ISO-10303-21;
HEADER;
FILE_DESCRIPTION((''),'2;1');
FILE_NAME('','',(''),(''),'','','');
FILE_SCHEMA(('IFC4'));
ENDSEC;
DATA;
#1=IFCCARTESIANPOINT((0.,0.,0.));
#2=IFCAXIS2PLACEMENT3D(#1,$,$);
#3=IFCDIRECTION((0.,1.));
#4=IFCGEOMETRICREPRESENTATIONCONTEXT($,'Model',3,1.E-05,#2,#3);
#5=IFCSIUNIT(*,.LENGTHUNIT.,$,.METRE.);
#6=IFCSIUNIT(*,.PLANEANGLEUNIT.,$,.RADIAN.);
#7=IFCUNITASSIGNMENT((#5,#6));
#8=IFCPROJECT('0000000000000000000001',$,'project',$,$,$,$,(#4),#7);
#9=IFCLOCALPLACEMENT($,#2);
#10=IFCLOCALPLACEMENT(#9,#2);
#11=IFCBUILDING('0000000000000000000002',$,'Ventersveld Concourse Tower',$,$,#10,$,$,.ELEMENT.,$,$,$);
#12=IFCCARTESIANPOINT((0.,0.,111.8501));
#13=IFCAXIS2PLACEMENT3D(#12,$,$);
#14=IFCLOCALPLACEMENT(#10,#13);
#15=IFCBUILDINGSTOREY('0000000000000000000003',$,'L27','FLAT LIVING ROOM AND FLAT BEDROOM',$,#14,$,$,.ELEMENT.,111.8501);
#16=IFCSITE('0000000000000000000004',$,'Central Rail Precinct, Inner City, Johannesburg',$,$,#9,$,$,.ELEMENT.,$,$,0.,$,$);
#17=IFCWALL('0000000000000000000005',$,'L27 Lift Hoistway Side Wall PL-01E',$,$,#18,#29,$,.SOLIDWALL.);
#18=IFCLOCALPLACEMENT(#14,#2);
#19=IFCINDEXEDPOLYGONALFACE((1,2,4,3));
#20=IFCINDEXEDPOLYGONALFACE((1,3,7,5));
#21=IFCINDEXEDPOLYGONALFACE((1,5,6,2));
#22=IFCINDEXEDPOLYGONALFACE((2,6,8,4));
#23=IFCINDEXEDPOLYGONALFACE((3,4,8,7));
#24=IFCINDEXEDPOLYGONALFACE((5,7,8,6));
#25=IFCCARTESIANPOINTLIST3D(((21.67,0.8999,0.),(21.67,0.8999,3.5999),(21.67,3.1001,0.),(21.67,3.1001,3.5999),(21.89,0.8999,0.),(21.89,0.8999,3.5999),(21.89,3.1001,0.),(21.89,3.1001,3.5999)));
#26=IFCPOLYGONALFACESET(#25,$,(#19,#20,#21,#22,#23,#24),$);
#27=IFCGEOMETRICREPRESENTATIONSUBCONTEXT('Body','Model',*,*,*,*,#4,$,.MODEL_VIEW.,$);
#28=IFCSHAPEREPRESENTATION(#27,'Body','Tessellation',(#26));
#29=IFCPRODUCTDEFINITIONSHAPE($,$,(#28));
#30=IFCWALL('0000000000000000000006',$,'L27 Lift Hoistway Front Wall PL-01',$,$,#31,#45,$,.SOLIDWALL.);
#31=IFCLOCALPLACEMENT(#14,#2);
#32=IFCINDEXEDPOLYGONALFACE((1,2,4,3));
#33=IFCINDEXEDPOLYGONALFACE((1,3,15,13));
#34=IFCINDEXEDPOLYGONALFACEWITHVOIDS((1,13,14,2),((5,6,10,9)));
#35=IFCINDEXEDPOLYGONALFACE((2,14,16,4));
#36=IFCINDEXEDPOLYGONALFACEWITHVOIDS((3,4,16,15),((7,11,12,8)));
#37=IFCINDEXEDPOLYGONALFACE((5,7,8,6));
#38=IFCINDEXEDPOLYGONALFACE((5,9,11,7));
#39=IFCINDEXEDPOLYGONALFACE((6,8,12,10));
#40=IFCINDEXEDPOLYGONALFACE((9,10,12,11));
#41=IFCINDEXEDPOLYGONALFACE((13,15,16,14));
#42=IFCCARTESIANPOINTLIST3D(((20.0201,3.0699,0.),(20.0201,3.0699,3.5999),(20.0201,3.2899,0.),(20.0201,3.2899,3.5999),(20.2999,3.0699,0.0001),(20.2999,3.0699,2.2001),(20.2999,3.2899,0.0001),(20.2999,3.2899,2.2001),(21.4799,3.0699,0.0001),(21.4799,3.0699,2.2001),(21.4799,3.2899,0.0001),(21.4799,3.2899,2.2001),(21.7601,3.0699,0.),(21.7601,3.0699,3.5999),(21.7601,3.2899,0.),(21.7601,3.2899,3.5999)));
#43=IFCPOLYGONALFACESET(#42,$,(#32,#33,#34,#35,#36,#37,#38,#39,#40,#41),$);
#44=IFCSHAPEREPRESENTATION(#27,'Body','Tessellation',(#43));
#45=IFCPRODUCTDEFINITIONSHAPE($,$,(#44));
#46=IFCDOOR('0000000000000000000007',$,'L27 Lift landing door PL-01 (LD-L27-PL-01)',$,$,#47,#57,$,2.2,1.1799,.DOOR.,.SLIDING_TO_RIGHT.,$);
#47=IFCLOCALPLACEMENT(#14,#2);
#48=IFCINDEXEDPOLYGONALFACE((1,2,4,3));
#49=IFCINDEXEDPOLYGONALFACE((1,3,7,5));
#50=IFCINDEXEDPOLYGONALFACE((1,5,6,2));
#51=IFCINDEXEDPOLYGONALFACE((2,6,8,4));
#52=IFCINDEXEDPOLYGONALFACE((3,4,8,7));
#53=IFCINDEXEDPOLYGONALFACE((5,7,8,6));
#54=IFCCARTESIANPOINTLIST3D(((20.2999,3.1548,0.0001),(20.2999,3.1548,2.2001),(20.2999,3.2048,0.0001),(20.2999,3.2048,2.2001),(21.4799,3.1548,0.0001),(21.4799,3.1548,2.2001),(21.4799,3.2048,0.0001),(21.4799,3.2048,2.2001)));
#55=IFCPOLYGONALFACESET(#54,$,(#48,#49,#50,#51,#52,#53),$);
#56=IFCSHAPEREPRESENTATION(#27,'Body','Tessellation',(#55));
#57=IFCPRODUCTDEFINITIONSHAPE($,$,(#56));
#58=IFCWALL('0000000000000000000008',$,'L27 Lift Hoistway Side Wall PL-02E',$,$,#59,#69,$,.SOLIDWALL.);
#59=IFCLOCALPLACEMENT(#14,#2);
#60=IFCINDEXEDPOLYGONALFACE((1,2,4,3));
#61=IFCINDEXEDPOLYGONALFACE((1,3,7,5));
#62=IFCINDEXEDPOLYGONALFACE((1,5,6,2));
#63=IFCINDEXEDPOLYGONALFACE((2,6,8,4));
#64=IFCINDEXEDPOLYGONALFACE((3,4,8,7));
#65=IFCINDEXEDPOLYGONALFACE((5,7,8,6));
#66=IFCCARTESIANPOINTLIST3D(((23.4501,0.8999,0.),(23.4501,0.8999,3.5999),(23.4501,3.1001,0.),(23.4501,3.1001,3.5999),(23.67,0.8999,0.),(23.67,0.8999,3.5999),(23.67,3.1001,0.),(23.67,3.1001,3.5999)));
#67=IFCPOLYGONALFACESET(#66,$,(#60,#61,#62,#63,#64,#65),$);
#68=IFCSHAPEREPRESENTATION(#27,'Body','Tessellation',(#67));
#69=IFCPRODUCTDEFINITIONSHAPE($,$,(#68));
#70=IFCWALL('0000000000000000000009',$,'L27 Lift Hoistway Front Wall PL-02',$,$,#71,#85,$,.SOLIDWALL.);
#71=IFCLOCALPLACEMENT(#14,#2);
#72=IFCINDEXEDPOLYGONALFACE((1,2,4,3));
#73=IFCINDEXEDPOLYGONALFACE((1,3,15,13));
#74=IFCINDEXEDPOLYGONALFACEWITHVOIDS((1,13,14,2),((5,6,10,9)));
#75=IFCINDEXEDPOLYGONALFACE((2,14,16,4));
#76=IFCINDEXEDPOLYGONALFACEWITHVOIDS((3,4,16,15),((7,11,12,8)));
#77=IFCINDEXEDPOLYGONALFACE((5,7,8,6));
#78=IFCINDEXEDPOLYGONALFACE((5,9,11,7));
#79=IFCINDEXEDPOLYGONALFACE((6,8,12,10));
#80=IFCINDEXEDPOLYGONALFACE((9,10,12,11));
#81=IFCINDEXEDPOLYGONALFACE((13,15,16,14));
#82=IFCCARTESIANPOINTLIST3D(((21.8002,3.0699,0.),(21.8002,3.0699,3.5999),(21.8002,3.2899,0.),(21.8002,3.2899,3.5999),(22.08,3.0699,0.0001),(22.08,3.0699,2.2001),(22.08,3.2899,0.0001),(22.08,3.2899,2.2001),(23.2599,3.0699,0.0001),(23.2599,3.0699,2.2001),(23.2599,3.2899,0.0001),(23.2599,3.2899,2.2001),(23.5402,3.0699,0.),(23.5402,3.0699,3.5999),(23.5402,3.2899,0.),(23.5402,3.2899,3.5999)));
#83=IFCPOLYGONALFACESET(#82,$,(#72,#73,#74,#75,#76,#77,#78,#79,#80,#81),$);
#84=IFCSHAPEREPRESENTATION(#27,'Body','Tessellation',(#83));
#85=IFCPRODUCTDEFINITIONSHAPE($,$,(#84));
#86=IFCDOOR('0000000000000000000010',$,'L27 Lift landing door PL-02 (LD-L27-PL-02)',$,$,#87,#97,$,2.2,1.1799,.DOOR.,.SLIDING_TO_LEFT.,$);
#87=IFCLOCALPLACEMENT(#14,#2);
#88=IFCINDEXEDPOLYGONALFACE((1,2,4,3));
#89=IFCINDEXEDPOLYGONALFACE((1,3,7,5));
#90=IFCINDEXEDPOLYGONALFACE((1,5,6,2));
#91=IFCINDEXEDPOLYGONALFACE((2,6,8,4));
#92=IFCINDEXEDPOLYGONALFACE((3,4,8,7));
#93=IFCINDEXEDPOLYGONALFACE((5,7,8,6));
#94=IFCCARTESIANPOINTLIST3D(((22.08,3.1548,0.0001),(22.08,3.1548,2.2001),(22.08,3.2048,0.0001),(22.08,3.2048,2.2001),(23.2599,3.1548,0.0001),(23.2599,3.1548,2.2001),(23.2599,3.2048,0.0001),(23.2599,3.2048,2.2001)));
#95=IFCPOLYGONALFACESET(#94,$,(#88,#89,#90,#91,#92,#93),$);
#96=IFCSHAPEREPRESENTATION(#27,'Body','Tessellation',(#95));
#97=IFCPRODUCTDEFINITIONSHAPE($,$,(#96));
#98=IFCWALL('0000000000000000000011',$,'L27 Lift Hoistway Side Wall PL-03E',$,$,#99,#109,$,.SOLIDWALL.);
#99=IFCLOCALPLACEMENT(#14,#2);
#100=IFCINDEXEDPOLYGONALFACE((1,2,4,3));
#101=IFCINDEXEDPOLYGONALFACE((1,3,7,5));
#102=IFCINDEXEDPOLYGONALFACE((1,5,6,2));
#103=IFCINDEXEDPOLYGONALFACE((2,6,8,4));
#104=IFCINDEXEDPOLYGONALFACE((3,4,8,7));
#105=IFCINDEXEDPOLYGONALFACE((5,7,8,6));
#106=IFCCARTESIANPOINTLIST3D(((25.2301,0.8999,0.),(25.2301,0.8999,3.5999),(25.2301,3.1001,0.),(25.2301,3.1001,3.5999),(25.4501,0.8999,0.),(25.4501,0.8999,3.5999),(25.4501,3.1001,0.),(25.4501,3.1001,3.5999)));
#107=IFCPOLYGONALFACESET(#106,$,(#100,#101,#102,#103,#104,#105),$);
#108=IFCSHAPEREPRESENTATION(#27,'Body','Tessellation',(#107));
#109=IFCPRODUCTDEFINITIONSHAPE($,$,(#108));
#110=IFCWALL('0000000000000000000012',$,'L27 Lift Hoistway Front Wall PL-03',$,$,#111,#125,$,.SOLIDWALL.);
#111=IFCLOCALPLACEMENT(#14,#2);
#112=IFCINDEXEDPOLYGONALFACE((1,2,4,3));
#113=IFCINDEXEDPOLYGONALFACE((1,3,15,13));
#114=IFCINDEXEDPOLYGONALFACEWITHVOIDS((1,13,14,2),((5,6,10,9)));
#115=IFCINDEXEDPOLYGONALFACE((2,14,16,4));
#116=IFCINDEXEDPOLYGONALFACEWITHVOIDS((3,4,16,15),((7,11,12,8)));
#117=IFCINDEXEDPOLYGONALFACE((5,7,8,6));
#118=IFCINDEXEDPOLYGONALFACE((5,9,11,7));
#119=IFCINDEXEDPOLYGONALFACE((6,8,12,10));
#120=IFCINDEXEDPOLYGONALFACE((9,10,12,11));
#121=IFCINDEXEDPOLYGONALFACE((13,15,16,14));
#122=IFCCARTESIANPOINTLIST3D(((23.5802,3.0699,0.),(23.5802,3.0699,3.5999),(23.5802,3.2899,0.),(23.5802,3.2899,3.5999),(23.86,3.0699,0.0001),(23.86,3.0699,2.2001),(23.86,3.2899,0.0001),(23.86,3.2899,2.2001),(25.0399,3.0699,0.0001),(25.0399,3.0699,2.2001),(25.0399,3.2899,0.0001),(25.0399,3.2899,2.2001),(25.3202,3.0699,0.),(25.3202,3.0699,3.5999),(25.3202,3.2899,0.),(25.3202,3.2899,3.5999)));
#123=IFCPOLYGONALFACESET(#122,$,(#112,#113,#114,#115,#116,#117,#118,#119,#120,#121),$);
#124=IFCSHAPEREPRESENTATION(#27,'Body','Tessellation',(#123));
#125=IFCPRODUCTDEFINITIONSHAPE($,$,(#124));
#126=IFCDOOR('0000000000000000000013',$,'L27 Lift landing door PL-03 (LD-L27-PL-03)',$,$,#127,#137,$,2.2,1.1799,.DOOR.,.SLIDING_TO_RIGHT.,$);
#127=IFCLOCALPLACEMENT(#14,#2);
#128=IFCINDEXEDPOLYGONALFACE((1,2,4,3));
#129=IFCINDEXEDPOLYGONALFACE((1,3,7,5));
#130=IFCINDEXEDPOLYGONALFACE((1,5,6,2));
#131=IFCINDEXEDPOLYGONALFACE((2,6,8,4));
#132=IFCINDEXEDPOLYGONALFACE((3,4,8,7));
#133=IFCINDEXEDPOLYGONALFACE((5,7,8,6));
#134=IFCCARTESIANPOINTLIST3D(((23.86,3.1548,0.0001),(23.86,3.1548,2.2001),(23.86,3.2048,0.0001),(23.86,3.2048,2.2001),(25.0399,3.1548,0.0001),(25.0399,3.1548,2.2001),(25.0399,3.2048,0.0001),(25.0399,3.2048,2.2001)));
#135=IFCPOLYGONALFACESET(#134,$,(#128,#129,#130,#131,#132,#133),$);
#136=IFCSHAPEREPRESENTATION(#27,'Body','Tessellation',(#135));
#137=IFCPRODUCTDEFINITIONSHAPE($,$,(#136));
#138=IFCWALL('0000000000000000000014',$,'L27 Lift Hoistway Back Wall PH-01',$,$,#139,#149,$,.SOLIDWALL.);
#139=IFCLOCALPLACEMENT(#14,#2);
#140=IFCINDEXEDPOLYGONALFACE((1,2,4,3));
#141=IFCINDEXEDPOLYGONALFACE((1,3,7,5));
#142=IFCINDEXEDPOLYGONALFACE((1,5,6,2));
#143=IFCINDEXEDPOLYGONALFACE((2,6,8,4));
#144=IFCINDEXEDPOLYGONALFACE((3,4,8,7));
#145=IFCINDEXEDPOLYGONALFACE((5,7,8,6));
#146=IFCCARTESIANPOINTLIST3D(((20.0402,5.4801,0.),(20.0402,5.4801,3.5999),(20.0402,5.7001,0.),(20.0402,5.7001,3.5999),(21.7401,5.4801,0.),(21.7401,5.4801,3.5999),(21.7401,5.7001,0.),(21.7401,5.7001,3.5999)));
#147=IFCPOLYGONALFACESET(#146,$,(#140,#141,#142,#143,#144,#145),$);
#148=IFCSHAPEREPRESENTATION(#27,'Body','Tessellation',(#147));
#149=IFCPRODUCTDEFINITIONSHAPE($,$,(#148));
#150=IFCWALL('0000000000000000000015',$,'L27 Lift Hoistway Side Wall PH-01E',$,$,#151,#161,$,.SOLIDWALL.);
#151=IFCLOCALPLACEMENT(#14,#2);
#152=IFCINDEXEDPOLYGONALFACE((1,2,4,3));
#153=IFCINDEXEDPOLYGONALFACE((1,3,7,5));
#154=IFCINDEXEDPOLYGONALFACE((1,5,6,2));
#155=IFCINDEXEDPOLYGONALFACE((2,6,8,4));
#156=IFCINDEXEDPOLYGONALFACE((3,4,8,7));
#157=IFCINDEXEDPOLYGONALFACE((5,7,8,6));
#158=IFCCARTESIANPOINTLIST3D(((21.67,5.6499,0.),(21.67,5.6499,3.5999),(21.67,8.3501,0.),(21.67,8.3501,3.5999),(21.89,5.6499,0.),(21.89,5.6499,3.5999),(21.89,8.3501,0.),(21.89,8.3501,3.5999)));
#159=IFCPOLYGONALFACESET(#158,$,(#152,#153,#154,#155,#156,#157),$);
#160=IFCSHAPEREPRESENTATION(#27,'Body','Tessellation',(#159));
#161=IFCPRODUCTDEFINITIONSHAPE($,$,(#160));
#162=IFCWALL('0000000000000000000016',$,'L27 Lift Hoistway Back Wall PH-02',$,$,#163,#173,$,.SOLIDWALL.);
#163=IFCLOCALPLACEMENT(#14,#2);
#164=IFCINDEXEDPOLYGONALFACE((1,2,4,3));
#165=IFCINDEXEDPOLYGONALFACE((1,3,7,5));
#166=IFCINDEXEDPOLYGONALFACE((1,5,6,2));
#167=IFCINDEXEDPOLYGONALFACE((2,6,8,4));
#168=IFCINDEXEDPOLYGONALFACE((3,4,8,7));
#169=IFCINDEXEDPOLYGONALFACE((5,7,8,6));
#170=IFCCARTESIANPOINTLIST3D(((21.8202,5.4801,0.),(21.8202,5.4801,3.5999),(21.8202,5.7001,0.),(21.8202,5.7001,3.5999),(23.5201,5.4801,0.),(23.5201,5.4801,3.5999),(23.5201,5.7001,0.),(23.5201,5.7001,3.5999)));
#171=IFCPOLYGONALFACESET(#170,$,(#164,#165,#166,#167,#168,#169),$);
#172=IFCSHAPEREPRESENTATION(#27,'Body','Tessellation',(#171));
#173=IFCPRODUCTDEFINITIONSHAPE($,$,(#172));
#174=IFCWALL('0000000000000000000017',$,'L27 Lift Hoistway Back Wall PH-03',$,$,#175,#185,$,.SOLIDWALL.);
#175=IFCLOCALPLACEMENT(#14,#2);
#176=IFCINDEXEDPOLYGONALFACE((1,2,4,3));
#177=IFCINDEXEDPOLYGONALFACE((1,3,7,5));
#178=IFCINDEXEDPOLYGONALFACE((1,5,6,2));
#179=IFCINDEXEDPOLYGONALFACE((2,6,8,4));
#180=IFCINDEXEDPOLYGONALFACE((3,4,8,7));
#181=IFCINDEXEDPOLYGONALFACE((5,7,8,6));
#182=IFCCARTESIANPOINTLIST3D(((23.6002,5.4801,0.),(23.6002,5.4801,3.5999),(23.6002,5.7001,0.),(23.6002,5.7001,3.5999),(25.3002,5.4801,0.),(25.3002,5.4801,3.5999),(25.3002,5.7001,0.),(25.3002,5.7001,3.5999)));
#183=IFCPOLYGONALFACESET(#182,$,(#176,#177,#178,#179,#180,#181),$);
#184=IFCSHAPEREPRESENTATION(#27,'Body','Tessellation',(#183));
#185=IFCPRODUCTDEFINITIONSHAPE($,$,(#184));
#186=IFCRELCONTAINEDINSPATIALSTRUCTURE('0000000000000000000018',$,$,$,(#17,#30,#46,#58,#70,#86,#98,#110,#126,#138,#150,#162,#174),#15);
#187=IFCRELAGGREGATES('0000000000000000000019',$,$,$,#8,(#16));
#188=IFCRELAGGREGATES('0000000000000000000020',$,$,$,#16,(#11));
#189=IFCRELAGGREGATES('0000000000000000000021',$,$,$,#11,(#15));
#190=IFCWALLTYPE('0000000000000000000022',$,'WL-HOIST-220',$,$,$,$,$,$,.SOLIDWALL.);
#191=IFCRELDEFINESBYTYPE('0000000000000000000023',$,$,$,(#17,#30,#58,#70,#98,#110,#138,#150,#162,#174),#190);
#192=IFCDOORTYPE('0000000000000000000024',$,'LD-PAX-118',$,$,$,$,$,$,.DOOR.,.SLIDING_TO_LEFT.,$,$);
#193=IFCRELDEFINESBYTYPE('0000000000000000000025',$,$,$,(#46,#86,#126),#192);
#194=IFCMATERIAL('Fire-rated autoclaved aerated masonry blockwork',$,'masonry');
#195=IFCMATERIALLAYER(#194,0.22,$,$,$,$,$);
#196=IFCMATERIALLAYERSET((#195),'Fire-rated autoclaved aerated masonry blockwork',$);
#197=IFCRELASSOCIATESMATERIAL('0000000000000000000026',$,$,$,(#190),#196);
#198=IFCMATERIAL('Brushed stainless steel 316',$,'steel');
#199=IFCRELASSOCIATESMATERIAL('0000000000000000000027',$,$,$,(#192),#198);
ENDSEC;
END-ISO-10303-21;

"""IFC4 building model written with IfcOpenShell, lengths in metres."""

from ifc_helpers import new_model, si_unit, direction, frame, frame_2d, origin, place, context, subcontext, project, spatial, rectangle, extrude, material, layer, layer_set, type_object, element, fill, save


model = new_model("IFC4")

# Units and contexts
model_context = context("Model", 3, precision=1e-05, world=origin(), true_north=direction((0.0, 1.0)))
body_context = subcontext(model_context, "Body", "Model", "MODEL_VIEW")
ifc_project = project(units=[si_unit("LENGTHUNIT", "METRE"), si_unit("PLANEANGLEUNIT", "RADIAN")], contexts=[model_context])

# Site, building, storey
site_placement = place(None, origin())
site = spatial("IfcSite", under=ifc_project, at=site_placement, Name="Central Rail Precinct, Inner City, Johannesburg", CompositionType="ELEMENT", RefElevation=0.0)
building_placement = place(site_placement, origin())
building = spatial("IfcBuilding", under=site, at=building_placement, Name="Ventersveld Concourse Tower", CompositionType="ELEMENT")
storey_placement = place(building_placement, frame((0.0, 0.0, 111.8501)))
storey = spatial("IfcBuildingStorey", under=building, at=storey_placement, Name="L27", Description="FLAT LIVING ROOM AND FLAT BEDROOM", CompositionType="ELEMENT", Elevation=111.8501)

# Wall
ifc_material_1 = material(Name="Fire-rated autoclaved aerated masonry blockwork", Category="masonry")
ifc_layer_1 = layer(ifc_material_1, 0.22)
ifc_layer_set_1 = layer_set([ifc_layer_1], Name="Fire-rated autoclaved aerated masonry blockwork")
wall_type_1 = type_object("IfcWallType", Name="WL-HOIST-220", PredefinedType="SOLIDWALL", material=ifc_layer_set_1)
wall_1_placement = place(storey_placement, frame((21.78, 0.8999, 0.0), z_axis=(0.0, 0.0, 1.0), x_axis=(0.0, 1.0, 0.0)))
element("IfcWall", 1, at=wall_1_placement, inside=storey, type_object=wall_type_1, Name="L27 Lift Hoistway Side Wall PL-01E", PredefinedType="SOLIDWALL", context=body_context, shape_type="SweptSolid", body=[
    extrude(rectangle(XDim=2.2002, YDim=0.22, at=frame_2d((1.1001, 0.0))), origin(), (0.0, 0.0, 1.0), 3.5999),
])

# Wall, opening, door
wall_2_placement = place(storey_placement, frame((20.02, 3.1799, 0.0), z_axis=(0.0, 0.0, 1.0), x_axis=(1.0, 0.0, 0.0)))
wall_2 = element("IfcWall", 2, at=wall_2_placement, inside=storey, type_object=wall_type_1, Name="L27 Lift Hoistway Front Wall PL-01", PredefinedType="SOLIDWALL", context=body_context, shape_type="SweptSolid", body=[
    extrude(rectangle(XDim=1.74, YDim=0.22, at=frame_2d((0.8701, 0.0))), origin(), (0.0, 0.0, 1.0), 3.5999),
])
opening_1_placement = place(wall_2_placement, frame((0.28, 0.0, 0.0)))
opening_1 = element("IfcOpeningElement", 3, at=opening_1_placement, cuts=wall_2, PredefinedType="OPENING", context=body_context, shape_type="SweptSolid", body=[
    extrude(rectangle(XDim=1.1799, YDim=2.2, at=frame_2d((0.5898, 1.1001))), frame((0.0, 0.1201, 0.0), z_axis=(0.0, -1.0, 0.0), x_axis=(1.0, 0.0, 0.0)), (0.0, 0.0, 1.0), 0.24),
])
ifc_material_2 = material(Name="Brushed stainless steel 316", Category="steel")
door_type = type_object("IfcDoorType", Name="LD-PAX-118", OperationType="SLIDING_TO_LEFT", PredefinedType="DOOR", material=ifc_material_2)
door_1_placement = place(opening_1_placement, origin())
door_1 = element("IfcDoor", 4, at=door_1_placement, inside=storey, type_object=door_type, Name="L27 Lift landing door PL-01 (LD-L27-PL-01)", OperationType="SLIDING_TO_RIGHT", OverallHeight=2.2, OverallWidth=1.1799, PredefinedType="DOOR", context=body_context, shape_type="SweptSolid", body=[
    extrude(rectangle(XDim=1.1799, YDim=2.2, at=frame_2d((0.5898, 1.1001))), frame((0.0, 0.0249, 0.0), z_axis=(0.0, -1.0, 0.0), x_axis=(1.0, 0.0, 0.0)), (0.0, 0.0, 1.0), 0.05),
])
fill(opening_1, door_1)

# Wall
wall_3_placement = place(storey_placement, frame((23.5601, 0.8999, 0.0), z_axis=(0.0, 0.0, 1.0), x_axis=(0.0, 1.0, 0.0)))
element("IfcWall", 5, at=wall_3_placement, inside=storey, type_object=wall_type_1, Name="L27 Lift Hoistway Side Wall PL-02E", PredefinedType="SOLIDWALL", context=body_context, shape_type="SweptSolid", body=[
    extrude(rectangle(XDim=2.2002, YDim=0.22, at=frame_2d((1.1001, 0.0))), origin(), (0.0, 0.0, 1.0), 3.5999),
])

# Wall, opening, door
wall_4_placement = place(storey_placement, frame((21.8, 3.1799, 0.0), z_axis=(0.0, 0.0, 1.0), x_axis=(1.0, 0.0, 0.0)))
wall_4 = element("IfcWall", 6, at=wall_4_placement, inside=storey, type_object=wall_type_1, Name="L27 Lift Hoistway Front Wall PL-02", PredefinedType="SOLIDWALL", context=body_context, shape_type="SweptSolid", body=[
    extrude(rectangle(XDim=1.74, YDim=0.22, at=frame_2d((0.8701, 0.0))), origin(), (0.0, 0.0, 1.0), 3.5999),
])
opening_2_placement = place(wall_4_placement, frame((0.28, 0.0, 0.0)))
opening_2 = element("IfcOpeningElement", 7, at=opening_2_placement, cuts=wall_4, PredefinedType="OPENING", context=body_context, shape_type="SweptSolid", body=[
    extrude(rectangle(XDim=1.1799, YDim=2.2, at=frame_2d((0.5898, 1.1001))), frame((0.0, 0.1201, 0.0), z_axis=(0.0, -1.0, 0.0), x_axis=(1.0, 0.0, 0.0)), (0.0, 0.0, 1.0), 0.24),
])
door_2_placement = place(opening_2_placement, origin())
door_2 = element("IfcDoor", 8, at=door_2_placement, inside=storey, type_object=door_type, Name="L27 Lift landing door PL-02 (LD-L27-PL-02)", OperationType="SLIDING_TO_LEFT", OverallHeight=2.2, OverallWidth=1.1799, PredefinedType="DOOR", context=body_context, shape_type="SweptSolid", body=[
    extrude(rectangle(XDim=1.1799, YDim=2.2, at=frame_2d((0.5898, 1.1001))), frame((0.0, 0.0249, 0.0), z_axis=(0.0, -1.0, 0.0), x_axis=(1.0, 0.0, 0.0)), (0.0, 0.0, 1.0), 0.05),
])
fill(opening_2, door_2)

# Wall
wall_5_placement = place(storey_placement, frame((25.3401, 0.8999, 0.0), z_axis=(0.0, 0.0, 1.0), x_axis=(0.0, 1.0, 0.0)))
element("IfcWall", 9, at=wall_5_placement, inside=storey, type_object=wall_type_1, Name="L27 Lift Hoistway Side Wall PL-03E", PredefinedType="SOLIDWALL", context=body_context, shape_type="SweptSolid", body=[
    extrude(rectangle(XDim=2.2002, YDim=0.22, at=frame_2d((1.1001, 0.0))), origin(), (0.0, 0.0, 1.0), 3.5999),
])

# Wall, opening, door
wall_6_placement = place(storey_placement, frame((23.5801, 3.1799, 0.0), z_axis=(0.0, 0.0, 1.0), x_axis=(1.0, 0.0, 0.0)))
wall_6 = element("IfcWall", 10, at=wall_6_placement, inside=storey, type_object=wall_type_1, Name="L27 Lift Hoistway Front Wall PL-03", PredefinedType="SOLIDWALL", context=body_context, shape_type="SweptSolid", body=[
    extrude(rectangle(XDim=1.74, YDim=0.22, at=frame_2d((0.8701, 0.0))), origin(), (0.0, 0.0, 1.0), 3.5999),
])
opening_3_placement = place(wall_6_placement, frame((0.28, 0.0, 0.0)))
opening_3 = element("IfcOpeningElement", 11, at=opening_3_placement, cuts=wall_6, PredefinedType="OPENING", context=body_context, shape_type="SweptSolid", body=[
    extrude(rectangle(XDim=1.1799, YDim=2.2, at=frame_2d((0.5898, 1.1001))), frame((0.0, 0.1201, 0.0), z_axis=(0.0, -1.0, 0.0), x_axis=(1.0, 0.0, 0.0)), (0.0, 0.0, 1.0), 0.24),
])
door_3_placement = place(opening_3_placement, origin())
door_3 = element("IfcDoor", 12, at=door_3_placement, inside=storey, type_object=door_type, Name="L27 Lift landing door PL-03 (LD-L27-PL-03)", OperationType="SLIDING_TO_RIGHT", OverallHeight=2.2, OverallWidth=1.1799, PredefinedType="DOOR", context=body_context, shape_type="SweptSolid", body=[
    extrude(rectangle(XDim=1.1799, YDim=2.2, at=frame_2d((0.5898, 1.1001))), frame((0.0, 0.0249, 0.0), z_axis=(0.0, -1.0, 0.0), x_axis=(1.0, 0.0, 0.0)), (0.0, 0.0, 1.0), 0.05),
])
fill(opening_3, door_3)

# Walls
wall_7_placement = place(storey_placement, frame((20.04, 5.5901, 0.0), z_axis=(0.0, 0.0, 1.0), x_axis=(1.0, 0.0, 0.0)))
element("IfcWall", 13, at=wall_7_placement, inside=storey, type_object=wall_type_1, Name="L27 Lift Hoistway Back Wall PH-01", PredefinedType="SOLIDWALL", context=body_context, shape_type="SweptSolid", body=[
    extrude(rectangle(XDim=1.7, YDim=0.22, at=frame_2d((0.8501, 0.0))), origin(), (0.0, 0.0, 1.0), 3.5999),
])
wall_8_placement = place(storey_placement, frame((21.78, 5.6499, 0.0), z_axis=(0.0, 0.0, 1.0), x_axis=(0.0, 1.0, 0.0)))
element("IfcWall", 14, at=wall_8_placement, inside=storey, type_object=wall_type_1, Name="L27 Lift Hoistway Side Wall PH-01E", PredefinedType="SOLIDWALL", context=body_context, shape_type="SweptSolid", body=[
    extrude(rectangle(XDim=2.7002, YDim=0.22, at=frame_2d((1.3501, 0.0))), origin(), (0.0, 0.0, 1.0), 3.5999),
])
for number, where, z_axis, x_axis, name in (
    (15, (21.8201, 5.5901, 0.0), (0.0, 0.0, 1.0), (1.0, 0.0, 0.0), "L27 Lift Hoistway Back Wall PH-02"),
    (16, (23.6001, 5.5901, 0.0), (0.0, 0.0, 1.0), (1.0, 0.0, 0.0), "L27 Lift Hoistway Back Wall PH-03"),
):
    element("IfcWall", number, at=place(storey_placement, frame(where, z_axis=z_axis, x_axis=x_axis)), inside=storey, type_object=wall_type_1, Name=name, PredefinedType="SOLIDWALL", context=body_context, shape_type="SweptSolid", body=[
        extrude(rectangle(XDim=1.7, YDim=0.22, at=frame_2d((0.8501, 0.0))), origin(), (0.0, 0.0, 1.0), 3.5999),
    ])

save(model, "model.ifc")
